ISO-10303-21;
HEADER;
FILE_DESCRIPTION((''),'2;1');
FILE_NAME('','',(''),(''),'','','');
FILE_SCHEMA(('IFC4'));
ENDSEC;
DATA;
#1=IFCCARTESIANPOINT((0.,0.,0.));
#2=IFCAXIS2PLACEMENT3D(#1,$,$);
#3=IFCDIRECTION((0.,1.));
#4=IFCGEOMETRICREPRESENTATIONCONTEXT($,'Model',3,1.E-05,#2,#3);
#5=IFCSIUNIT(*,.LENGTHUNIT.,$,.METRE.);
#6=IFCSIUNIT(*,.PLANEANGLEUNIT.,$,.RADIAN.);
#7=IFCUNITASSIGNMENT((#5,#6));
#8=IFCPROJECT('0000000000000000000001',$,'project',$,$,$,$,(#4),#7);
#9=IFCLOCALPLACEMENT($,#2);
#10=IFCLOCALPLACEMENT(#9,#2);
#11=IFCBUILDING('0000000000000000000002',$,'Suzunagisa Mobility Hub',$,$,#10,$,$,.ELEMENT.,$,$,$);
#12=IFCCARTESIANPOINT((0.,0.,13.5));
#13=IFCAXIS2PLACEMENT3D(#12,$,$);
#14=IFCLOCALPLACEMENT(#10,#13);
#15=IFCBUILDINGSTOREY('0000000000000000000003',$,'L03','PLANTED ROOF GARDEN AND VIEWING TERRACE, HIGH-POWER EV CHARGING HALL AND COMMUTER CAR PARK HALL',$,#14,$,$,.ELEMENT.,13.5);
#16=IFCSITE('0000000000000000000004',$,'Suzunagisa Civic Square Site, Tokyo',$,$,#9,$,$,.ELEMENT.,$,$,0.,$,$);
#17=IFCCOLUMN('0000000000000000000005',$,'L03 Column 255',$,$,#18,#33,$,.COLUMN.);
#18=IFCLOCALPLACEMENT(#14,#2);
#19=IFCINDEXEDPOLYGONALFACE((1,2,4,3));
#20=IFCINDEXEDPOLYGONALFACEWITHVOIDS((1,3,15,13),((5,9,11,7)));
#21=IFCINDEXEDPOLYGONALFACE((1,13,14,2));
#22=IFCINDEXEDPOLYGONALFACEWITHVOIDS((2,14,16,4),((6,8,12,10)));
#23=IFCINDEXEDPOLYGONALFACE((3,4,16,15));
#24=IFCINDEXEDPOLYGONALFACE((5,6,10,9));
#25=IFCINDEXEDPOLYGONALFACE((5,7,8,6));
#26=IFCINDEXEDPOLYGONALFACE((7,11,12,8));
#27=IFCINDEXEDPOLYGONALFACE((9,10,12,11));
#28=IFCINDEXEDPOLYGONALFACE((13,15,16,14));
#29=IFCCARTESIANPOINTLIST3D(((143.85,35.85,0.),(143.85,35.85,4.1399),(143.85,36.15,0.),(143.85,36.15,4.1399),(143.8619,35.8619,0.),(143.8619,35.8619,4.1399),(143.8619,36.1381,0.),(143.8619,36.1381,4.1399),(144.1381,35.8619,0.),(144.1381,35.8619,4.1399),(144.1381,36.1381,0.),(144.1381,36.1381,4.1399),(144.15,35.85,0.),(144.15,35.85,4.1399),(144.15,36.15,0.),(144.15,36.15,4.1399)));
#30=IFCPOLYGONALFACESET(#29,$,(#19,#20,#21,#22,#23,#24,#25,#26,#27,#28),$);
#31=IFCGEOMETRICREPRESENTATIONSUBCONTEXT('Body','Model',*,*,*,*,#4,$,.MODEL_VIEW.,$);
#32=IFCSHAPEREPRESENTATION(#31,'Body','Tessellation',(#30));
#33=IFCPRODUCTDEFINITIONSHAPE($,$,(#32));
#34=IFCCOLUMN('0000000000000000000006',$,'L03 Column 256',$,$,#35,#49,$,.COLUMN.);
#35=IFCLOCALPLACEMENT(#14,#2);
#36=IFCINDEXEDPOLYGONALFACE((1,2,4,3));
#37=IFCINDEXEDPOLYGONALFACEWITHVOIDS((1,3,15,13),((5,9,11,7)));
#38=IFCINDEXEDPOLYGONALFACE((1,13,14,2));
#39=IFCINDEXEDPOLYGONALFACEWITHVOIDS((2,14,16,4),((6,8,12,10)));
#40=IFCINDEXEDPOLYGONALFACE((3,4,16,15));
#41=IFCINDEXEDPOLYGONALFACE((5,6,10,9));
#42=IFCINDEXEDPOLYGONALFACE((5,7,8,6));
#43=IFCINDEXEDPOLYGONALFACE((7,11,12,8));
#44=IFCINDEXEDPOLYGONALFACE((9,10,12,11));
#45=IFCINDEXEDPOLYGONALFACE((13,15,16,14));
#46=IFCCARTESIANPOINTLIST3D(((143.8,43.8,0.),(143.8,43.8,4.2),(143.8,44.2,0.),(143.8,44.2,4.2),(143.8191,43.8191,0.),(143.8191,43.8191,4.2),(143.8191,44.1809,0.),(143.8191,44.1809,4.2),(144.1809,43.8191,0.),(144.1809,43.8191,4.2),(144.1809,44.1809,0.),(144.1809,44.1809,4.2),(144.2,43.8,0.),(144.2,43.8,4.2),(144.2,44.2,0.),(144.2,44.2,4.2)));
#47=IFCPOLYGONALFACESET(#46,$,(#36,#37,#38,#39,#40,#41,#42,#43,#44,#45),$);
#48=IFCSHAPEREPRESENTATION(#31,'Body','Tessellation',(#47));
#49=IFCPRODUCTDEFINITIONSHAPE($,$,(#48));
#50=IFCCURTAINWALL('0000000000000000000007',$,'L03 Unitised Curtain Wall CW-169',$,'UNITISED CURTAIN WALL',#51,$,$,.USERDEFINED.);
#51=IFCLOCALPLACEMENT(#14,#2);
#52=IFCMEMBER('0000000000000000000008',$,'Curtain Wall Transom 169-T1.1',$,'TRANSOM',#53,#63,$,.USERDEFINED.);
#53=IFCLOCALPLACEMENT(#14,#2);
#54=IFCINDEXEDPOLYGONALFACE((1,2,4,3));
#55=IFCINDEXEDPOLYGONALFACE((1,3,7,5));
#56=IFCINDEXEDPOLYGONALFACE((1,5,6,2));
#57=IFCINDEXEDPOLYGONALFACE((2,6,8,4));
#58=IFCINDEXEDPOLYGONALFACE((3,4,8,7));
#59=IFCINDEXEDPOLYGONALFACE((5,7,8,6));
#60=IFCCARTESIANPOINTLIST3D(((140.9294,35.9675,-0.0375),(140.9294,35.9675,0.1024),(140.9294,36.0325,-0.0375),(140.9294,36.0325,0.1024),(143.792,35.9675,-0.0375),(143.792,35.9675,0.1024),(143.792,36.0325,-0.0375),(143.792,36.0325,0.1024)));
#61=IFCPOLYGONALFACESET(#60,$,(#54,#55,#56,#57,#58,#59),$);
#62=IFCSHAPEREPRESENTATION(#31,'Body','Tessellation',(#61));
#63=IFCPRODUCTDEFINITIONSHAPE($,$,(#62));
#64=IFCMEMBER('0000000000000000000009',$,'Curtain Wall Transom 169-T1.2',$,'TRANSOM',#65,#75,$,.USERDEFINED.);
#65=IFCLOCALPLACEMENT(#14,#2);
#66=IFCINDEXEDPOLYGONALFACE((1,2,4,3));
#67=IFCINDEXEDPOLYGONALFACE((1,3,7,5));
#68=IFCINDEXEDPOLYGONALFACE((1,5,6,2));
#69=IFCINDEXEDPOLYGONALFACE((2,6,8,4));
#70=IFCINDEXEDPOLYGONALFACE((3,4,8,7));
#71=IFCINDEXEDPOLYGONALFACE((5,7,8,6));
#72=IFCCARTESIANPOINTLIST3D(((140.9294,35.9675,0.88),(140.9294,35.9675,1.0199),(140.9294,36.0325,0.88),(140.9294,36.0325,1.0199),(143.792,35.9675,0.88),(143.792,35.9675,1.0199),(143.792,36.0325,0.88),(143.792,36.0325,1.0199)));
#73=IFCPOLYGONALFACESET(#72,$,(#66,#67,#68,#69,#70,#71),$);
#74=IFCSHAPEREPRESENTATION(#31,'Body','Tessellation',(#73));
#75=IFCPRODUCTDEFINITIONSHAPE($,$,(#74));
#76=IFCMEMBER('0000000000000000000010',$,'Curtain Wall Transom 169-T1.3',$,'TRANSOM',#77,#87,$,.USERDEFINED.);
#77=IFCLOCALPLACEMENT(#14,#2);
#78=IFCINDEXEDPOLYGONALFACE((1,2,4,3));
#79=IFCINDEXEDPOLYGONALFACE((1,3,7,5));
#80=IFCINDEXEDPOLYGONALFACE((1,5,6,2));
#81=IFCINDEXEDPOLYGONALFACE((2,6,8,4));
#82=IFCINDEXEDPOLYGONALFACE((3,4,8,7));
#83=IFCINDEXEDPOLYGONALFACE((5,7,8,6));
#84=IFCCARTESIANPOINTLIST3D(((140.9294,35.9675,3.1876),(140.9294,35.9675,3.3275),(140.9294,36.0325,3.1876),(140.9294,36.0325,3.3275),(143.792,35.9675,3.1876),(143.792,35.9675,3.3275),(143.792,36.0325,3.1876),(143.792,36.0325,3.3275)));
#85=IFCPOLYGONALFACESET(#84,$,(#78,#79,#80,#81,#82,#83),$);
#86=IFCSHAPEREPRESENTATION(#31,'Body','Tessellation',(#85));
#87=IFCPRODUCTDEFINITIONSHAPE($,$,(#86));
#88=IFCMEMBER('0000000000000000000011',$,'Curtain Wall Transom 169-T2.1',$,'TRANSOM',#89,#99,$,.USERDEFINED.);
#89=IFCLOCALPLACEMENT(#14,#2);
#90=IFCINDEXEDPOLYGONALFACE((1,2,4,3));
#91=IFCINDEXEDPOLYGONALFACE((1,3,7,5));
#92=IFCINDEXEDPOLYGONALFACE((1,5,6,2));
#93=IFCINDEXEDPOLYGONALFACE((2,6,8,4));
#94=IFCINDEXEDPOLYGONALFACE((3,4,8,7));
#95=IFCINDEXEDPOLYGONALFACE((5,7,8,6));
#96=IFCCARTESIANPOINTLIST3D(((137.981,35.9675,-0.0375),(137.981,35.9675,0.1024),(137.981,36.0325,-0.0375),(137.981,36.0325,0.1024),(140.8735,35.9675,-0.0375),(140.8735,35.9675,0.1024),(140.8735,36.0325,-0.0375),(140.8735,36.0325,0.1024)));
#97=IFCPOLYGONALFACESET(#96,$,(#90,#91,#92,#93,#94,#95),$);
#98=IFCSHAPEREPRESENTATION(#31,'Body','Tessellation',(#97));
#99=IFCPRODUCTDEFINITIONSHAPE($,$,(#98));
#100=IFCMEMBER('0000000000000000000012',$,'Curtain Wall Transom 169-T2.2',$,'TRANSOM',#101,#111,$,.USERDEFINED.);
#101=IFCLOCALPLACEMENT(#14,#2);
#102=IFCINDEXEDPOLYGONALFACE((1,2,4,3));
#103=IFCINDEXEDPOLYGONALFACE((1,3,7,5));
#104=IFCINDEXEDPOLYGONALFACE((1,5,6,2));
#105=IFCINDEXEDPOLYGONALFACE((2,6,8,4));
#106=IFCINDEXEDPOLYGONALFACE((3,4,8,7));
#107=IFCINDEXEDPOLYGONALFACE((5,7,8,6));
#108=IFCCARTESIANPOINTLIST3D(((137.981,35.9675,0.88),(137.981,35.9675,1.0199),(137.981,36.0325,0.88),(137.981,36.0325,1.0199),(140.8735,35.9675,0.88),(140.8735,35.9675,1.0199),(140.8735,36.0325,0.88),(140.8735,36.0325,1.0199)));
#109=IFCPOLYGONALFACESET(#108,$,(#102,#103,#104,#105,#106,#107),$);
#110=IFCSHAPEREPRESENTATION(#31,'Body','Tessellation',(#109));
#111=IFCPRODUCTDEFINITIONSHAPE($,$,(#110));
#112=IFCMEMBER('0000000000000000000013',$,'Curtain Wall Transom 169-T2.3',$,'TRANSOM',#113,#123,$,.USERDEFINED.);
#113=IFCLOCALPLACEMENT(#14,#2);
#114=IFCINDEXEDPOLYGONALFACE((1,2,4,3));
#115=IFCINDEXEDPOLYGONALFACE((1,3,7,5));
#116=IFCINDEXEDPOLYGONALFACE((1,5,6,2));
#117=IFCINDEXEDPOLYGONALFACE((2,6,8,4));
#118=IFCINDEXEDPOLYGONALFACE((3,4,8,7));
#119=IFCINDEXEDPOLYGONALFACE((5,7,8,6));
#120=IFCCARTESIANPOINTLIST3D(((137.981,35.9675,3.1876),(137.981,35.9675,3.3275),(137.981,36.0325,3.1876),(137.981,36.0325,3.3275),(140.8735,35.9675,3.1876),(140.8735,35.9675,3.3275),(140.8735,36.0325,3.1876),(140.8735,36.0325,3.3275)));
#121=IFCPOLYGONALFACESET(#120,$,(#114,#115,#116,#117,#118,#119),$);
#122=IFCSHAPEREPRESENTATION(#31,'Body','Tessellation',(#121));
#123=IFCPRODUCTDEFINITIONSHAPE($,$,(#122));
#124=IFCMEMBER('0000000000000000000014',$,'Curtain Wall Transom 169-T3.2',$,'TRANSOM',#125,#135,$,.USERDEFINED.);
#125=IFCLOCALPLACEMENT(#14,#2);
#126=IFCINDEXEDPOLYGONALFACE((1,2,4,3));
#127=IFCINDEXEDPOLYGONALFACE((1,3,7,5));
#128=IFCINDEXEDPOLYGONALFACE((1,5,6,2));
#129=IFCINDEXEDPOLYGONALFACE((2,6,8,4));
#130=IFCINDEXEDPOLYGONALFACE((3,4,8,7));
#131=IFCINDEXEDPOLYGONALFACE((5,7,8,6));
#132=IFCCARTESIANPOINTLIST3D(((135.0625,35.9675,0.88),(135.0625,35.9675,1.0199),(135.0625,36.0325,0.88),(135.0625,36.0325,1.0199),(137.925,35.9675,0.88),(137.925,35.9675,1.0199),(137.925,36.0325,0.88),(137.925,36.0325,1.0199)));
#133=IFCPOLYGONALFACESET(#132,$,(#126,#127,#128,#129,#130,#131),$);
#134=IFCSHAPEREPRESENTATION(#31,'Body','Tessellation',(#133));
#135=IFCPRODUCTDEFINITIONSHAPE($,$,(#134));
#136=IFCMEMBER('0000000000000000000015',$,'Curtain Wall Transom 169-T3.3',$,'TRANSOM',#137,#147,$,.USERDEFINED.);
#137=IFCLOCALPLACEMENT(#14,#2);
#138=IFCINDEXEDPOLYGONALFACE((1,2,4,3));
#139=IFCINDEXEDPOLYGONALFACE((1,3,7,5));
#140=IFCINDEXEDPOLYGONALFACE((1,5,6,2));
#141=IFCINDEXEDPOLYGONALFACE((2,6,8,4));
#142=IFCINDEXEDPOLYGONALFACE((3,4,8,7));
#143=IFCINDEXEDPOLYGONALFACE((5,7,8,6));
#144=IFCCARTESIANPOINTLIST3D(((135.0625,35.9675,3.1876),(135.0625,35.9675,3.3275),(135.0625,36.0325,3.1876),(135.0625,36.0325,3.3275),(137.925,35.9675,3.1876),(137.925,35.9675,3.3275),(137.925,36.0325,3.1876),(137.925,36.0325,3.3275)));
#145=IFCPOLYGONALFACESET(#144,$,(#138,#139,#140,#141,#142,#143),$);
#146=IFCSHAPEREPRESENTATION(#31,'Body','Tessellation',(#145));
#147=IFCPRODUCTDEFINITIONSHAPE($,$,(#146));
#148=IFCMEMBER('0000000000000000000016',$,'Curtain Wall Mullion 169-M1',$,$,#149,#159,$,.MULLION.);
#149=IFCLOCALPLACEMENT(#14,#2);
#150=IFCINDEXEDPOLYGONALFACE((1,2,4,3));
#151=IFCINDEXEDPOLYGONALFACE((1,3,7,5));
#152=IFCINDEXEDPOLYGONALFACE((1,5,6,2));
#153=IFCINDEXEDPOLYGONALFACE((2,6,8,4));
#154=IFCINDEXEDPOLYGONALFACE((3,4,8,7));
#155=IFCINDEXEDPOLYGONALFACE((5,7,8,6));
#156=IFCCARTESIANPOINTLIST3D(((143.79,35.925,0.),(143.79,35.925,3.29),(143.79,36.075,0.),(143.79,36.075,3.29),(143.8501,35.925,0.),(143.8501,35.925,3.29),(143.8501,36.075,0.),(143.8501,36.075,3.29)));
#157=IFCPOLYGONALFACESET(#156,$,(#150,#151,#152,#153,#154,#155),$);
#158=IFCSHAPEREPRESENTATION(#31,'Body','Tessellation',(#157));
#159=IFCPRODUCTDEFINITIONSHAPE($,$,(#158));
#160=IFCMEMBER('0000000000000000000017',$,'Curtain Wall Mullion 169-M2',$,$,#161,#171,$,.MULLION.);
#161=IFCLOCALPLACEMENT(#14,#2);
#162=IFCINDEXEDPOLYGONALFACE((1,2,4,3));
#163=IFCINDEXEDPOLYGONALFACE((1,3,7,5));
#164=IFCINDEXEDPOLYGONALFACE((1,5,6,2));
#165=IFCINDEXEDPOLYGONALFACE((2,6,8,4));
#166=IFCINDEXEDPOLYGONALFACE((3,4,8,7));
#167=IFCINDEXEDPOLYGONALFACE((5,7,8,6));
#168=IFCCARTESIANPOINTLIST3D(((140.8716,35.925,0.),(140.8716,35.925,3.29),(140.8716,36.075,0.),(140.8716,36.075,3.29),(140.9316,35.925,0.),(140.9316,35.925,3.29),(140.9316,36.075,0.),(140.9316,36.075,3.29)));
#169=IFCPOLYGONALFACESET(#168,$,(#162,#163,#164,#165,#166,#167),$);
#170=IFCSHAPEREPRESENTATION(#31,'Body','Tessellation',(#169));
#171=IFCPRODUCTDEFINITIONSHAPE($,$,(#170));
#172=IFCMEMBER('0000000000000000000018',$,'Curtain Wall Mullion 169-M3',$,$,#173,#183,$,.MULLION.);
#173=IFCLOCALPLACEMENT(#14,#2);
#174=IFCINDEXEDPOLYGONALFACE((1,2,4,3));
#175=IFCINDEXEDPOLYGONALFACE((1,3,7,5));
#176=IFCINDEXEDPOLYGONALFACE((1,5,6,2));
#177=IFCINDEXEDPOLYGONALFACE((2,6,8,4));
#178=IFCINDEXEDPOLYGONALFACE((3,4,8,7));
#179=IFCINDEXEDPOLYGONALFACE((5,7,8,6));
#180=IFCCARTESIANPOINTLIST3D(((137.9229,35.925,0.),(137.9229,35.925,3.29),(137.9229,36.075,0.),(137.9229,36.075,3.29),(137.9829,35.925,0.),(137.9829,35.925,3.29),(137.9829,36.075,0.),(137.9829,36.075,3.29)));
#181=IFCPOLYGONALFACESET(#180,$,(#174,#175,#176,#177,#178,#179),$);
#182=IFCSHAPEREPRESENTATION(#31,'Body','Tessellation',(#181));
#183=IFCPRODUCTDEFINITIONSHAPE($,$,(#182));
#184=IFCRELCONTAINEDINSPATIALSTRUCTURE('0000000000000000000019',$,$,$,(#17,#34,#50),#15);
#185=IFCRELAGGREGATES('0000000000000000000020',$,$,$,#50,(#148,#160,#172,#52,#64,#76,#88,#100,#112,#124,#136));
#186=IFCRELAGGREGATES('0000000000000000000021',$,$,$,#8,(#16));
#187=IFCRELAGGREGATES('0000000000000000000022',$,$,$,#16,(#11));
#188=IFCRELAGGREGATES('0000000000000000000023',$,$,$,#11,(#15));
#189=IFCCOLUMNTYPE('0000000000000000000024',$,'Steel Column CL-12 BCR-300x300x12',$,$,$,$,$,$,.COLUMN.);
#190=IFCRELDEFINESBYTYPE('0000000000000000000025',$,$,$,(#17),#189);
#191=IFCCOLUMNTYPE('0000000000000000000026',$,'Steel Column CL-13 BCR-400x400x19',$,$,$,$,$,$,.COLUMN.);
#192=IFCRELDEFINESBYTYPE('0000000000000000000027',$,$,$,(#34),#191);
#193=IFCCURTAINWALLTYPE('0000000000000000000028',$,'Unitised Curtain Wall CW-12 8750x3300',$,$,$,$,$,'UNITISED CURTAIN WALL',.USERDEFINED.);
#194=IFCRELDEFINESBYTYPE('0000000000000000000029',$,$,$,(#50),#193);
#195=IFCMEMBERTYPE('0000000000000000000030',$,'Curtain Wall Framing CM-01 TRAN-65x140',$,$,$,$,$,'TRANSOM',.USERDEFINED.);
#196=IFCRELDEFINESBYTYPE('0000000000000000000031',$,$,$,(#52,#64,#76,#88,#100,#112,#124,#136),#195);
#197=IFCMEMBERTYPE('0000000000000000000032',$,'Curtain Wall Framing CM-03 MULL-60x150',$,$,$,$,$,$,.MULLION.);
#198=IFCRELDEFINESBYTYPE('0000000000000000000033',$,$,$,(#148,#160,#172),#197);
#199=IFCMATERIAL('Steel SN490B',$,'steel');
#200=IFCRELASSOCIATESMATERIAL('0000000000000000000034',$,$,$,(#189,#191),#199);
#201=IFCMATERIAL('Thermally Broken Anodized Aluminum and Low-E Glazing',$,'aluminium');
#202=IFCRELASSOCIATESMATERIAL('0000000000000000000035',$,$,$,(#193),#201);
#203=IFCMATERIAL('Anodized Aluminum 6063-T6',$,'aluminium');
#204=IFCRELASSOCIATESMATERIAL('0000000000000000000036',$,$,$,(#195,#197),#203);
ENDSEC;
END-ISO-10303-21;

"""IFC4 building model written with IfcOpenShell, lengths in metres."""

from ifc_helpers import new_model, si_unit, direction, frame, origin, origin_2d, place, context, subcontext, project, spatial, rectangle, hollow_rectangle, extrude, material, material_profile, profile_set, type_object, element, aggregate, save


model = new_model("IFC4")

# Units and contexts
model_context = context("Model", 3, precision=1e-05, world=origin(), true_north=direction((0.0, 1.0)))
body_context = subcontext(model_context, "Body", "Model", "MODEL_VIEW")
ifc_project = project(units=[si_unit("LENGTHUNIT", "METRE"), si_unit("PLANEANGLEUNIT", "RADIAN")], contexts=[model_context])

# Site, building, storey
site_placement = place(None, origin())
site = spatial("IfcSite", under=ifc_project, at=site_placement, Name="Suzunagisa Civic Square Site, Tokyo", CompositionType="ELEMENT", RefElevation=0.0)
building_placement = place(site_placement, origin())
building = spatial("IfcBuilding", under=site, at=building_placement, Name="Suzunagisa Mobility Hub", CompositionType="ELEMENT")
storey_placement = place(building_placement, frame((0.0, 0.0, 13.5)))
storey = spatial("IfcBuildingStorey", under=building, at=storey_placement, Name="L03", Description="PLANTED ROOF GARDEN AND VIEWING TERRACE, HIGH-POWER EV CHARGING HALL AND COMMUTER CAR PARK HALL", CompositionType="ELEMENT", Elevation=13.5)

# Columns
ifc_material_1 = material(Name="Steel SN490B", Category="steel")
ifc_material_profile_1 = material_profile(ifc_material_1, hollow_rectangle(XDim=0.3, YDim=0.3, WallThickness=0.012, at=origin_2d()), Name="BCR-300x300x12")
ifc_profile_set_1 = profile_set([ifc_material_profile_1], Name="Steel SN490B")
column_type_1 = type_object("IfcColumnType", Name="Steel Column CL-12 BCR-300x300x12", PredefinedType="COLUMN", material=ifc_profile_set_1)
column_1_placement = place(storey_placement, frame((144.0, 36.0, 0.0), z_axis=(0.0, 0.0, 1.0), x_axis=(1.0, 0.0, 0.0)))
element("IfcColumn", 1, at=column_1_placement, inside=storey, type_object=column_type_1, Name="L03 Column 255", PredefinedType="COLUMN", context=body_context, shape_type="SweptSolid", body=[
    extrude(hollow_rectangle(XDim=0.3, YDim=0.3, WallThickness=0.012, at=origin_2d()), origin(), (0.0, 0.0, 1.0), 4.1399),
])
ifc_material_profile_2 = material_profile(ifc_material_1, hollow_rectangle(XDim=0.3999, YDim=0.3999, WallThickness=0.019, at=origin_2d()), Name="BCR-400x400x19")
ifc_profile_set_2 = profile_set([ifc_material_profile_2], Name="Steel SN490B")
column_type_2 = type_object("IfcColumnType", Name="Steel Column CL-13 BCR-400x400x19", PredefinedType="COLUMN", material=ifc_profile_set_2)
column_2_placement = place(storey_placement, frame((144.0, 44.0, 0.0), z_axis=(0.0, 0.0, 1.0), x_axis=(1.0, 0.0, 0.0)))
element("IfcColumn", 2, at=column_2_placement, inside=storey, type_object=column_type_2, Name="L03 Column 256", PredefinedType="COLUMN", context=body_context, shape_type="SweptSolid", body=[
    extrude(hollow_rectangle(XDim=0.3999, YDim=0.3999, WallThickness=0.019, at=origin_2d()), origin(), (0.0, 0.0, 1.0), 4.2),
])

# Curtain wall, members
ifc_material_2 = material(Name="Thermally Broken Anodized Aluminum and Low-E Glazing", Category="aluminium")
curtain_wall_type_1 = type_object("IfcCurtainWallType", Name="Unitised Curtain Wall CW-12 8750x3300", ElementType="UNITISED CURTAIN WALL", PredefinedType="USERDEFINED", material=ifc_material_2)
curtain_wall_1_placement = place(storey_placement, origin())
curtain_wall_1 = element("IfcCurtainWall", 3, at=curtain_wall_1_placement, inside=storey, type_object=curtain_wall_type_1, Name="L03 Unitised Curtain Wall CW-169", ObjectType="UNITISED CURTAIN WALL", PredefinedType="USERDEFINED")
ifc_material_3 = material(Name="Anodized Aluminum 6063-T6", Category="aluminium")
ifc_material_profile_3 = material_profile(ifc_material_3, rectangle(XDim=0.0649, YDim=0.1399, at=origin_2d()), Name="TRAN-65x140")
ifc_profile_set_3 = profile_set([ifc_material_profile_3], Name="Anodized Aluminum 6063-T6")
member_type_1 = type_object("IfcMemberType", Name="Curtain Wall Framing CM-01 TRAN-65x140", ElementType="TRANSOM", PredefinedType="USERDEFINED", material=ifc_profile_set_3)
member_1_placement = place(storey_placement, frame((143.792, 36.0, 0.0325), z_axis=(-1.0, 0.0, 0.0), x_axis=(0.0, -1.0, 0.0)))
member_1 = element("IfcMember", 4, at=member_1_placement, type_object=member_type_1, Name="Curtain Wall Transom 169-T1.1", ObjectType="TRANSOM", PredefinedType="USERDEFINED", context=body_context, shape_type="SweptSolid", body=[
    extrude(rectangle(XDim=0.0649, YDim=0.1399, at=origin_2d()), origin(), (0.0, 0.0, 1.0), 2.8625),
])
member_2_placement = place(storey_placement, frame((143.792, 36.0, 0.95), z_axis=(-1.0, 0.0, 0.0), x_axis=(0.0, -1.0, 0.0)))
member_2 = element("IfcMember", 5, at=member_2_placement, type_object=member_type_1, Name="Curtain Wall Transom 169-T1.2", ObjectType="TRANSOM", PredefinedType="USERDEFINED", context=body_context, shape_type="SweptSolid", body=[
    extrude(rectangle(XDim=0.0649, YDim=0.1399, at=origin_2d()), origin(), (0.0, 0.0, 1.0), 2.8625),
])
member_3_placement = place(storey_placement, frame((143.792, 36.0, 3.2576), z_axis=(-1.0, 0.0, 0.0), x_axis=(0.0, -1.0, 0.0)))
member_3 = element("IfcMember", 6, at=member_3_placement, type_object=member_type_1, Name="Curtain Wall Transom 169-T1.3", ObjectType="TRANSOM", PredefinedType="USERDEFINED", context=body_context, shape_type="SweptSolid", body=[
    extrude(rectangle(XDim=0.0649, YDim=0.1399, at=origin_2d()), origin(), (0.0, 0.0, 1.0), 2.8625),
])
member_4_placement = place(storey_placement, frame((140.8735, 36.0, 0.0325), z_axis=(-1.0, 0.0, 0.0), x_axis=(0.0, -1.0, 0.0)))
member_4 = element("IfcMember", 7, at=member_4_placement, type_object=member_type_1, Name="Curtain Wall Transom 169-T2.1", ObjectType="TRANSOM", PredefinedType="USERDEFINED", context=body_context, shape_type="SweptSolid", body=[
    extrude(rectangle(XDim=0.0649, YDim=0.1399, at=origin_2d()), origin(), (0.0, 0.0, 1.0), 2.8926),
])
member_5_placement = place(storey_placement, frame((140.8735, 36.0, 0.95), z_axis=(-1.0, 0.0, 0.0), x_axis=(0.0, -1.0, 0.0)))
member_5 = element("IfcMember", 8, at=member_5_placement, type_object=member_type_1, Name="Curtain Wall Transom 169-T2.2", ObjectType="TRANSOM", PredefinedType="USERDEFINED", context=body_context, shape_type="SweptSolid", body=[
    extrude(rectangle(XDim=0.0649, YDim=0.1399, at=origin_2d()), origin(), (0.0, 0.0, 1.0), 2.8926),
])
member_6_placement = place(storey_placement, frame((140.8735, 36.0, 3.2576), z_axis=(-1.0, 0.0, 0.0), x_axis=(0.0, -1.0, 0.0)))
member_6 = element("IfcMember", 9, at=member_6_placement, type_object=member_type_1, Name="Curtain Wall Transom 169-T2.3", ObjectType="TRANSOM", PredefinedType="USERDEFINED", context=body_context, shape_type="SweptSolid", body=[
    extrude(rectangle(XDim=0.0649, YDim=0.1399, at=origin_2d()), origin(), (0.0, 0.0, 1.0), 2.8926),
])
member_7_placement = place(storey_placement, frame((137.925, 36.0, 0.95), z_axis=(-1.0, 0.0, 0.0), x_axis=(0.0, -1.0, 0.0)))
member_7 = element("IfcMember", 10, at=member_7_placement, type_object=member_type_1, Name="Curtain Wall Transom 169-T3.2", ObjectType="TRANSOM", PredefinedType="USERDEFINED", context=body_context, shape_type="SweptSolid", body=[
    extrude(rectangle(XDim=0.0649, YDim=0.1399, at=origin_2d()), origin(), (0.0, 0.0, 1.0), 2.8625),
])
member_8_placement = place(storey_placement, frame((137.925, 36.0, 3.2576), z_axis=(-1.0, 0.0, 0.0), x_axis=(0.0, -1.0, 0.0)))
member_8 = element("IfcMember", 11, at=member_8_placement, type_object=member_type_1, Name="Curtain Wall Transom 169-T3.3", ObjectType="TRANSOM", PredefinedType="USERDEFINED", context=body_context, shape_type="SweptSolid", body=[
    extrude(rectangle(XDim=0.0649, YDim=0.1399, at=origin_2d()), origin(), (0.0, 0.0, 1.0), 2.8625),
])
ifc_material_profile_4 = material_profile(ifc_material_3, rectangle(XDim=0.0601, YDim=0.1499, at=origin_2d()), Name="MULL-60x150")
ifc_profile_set_4 = profile_set([ifc_material_profile_4], Name="Anodized Aluminum 6063-T6")
member_type_2 = type_object("IfcMemberType", Name="Curtain Wall Framing CM-03 MULL-60x150", PredefinedType="MULLION", material=ifc_profile_set_4)
member_9_placement = place(storey_placement, frame((143.8201, 36.0, 0.0), z_axis=(0.0, 0.0, 1.0), x_axis=(-1.0, 0.0, 0.0)))
member_9 = element("IfcMember", 12, at=member_9_placement, type_object=member_type_2, Name="Curtain Wall Mullion 169-M1", PredefinedType="MULLION", context=body_context, shape_type="SweptSolid", body=[
    extrude(rectangle(XDim=0.0601, YDim=0.1499, at=origin_2d()), origin(), (0.0, 0.0, 1.0), 3.29),
])
member_10_placement = place(storey_placement, frame((140.9016, 36.0, 0.0), z_axis=(0.0, 0.0, 1.0), x_axis=(-1.0, 0.0, 0.0)))
member_10 = element("IfcMember", 13, at=member_10_placement, type_object=member_type_2, Name="Curtain Wall Mullion 169-M2", PredefinedType="MULLION", context=body_context, shape_type="SweptSolid", body=[
    extrude(rectangle(XDim=0.0601, YDim=0.1499, at=origin_2d()), origin(), (0.0, 0.0, 1.0), 3.29),
])
member_11_placement = place(storey_placement, frame((137.9529, 36.0, 0.0), z_axis=(0.0, 0.0, 1.0), x_axis=(-1.0, 0.0, 0.0)))
member_11 = element("IfcMember", 14, at=member_11_placement, type_object=member_type_2, Name="Curtain Wall Mullion 169-M3", PredefinedType="MULLION", context=body_context, shape_type="SweptSolid", body=[
    extrude(rectangle(XDim=0.0601, YDim=0.1499, at=origin_2d()), origin(), (0.0, 0.0, 1.0), 3.29),
])

aggregate(curtain_wall_1, [member_9, member_10, member_11, member_1, member_2, member_3, member_4, member_5, member_6, member_7, member_8])

save(model, "model.ifc")
